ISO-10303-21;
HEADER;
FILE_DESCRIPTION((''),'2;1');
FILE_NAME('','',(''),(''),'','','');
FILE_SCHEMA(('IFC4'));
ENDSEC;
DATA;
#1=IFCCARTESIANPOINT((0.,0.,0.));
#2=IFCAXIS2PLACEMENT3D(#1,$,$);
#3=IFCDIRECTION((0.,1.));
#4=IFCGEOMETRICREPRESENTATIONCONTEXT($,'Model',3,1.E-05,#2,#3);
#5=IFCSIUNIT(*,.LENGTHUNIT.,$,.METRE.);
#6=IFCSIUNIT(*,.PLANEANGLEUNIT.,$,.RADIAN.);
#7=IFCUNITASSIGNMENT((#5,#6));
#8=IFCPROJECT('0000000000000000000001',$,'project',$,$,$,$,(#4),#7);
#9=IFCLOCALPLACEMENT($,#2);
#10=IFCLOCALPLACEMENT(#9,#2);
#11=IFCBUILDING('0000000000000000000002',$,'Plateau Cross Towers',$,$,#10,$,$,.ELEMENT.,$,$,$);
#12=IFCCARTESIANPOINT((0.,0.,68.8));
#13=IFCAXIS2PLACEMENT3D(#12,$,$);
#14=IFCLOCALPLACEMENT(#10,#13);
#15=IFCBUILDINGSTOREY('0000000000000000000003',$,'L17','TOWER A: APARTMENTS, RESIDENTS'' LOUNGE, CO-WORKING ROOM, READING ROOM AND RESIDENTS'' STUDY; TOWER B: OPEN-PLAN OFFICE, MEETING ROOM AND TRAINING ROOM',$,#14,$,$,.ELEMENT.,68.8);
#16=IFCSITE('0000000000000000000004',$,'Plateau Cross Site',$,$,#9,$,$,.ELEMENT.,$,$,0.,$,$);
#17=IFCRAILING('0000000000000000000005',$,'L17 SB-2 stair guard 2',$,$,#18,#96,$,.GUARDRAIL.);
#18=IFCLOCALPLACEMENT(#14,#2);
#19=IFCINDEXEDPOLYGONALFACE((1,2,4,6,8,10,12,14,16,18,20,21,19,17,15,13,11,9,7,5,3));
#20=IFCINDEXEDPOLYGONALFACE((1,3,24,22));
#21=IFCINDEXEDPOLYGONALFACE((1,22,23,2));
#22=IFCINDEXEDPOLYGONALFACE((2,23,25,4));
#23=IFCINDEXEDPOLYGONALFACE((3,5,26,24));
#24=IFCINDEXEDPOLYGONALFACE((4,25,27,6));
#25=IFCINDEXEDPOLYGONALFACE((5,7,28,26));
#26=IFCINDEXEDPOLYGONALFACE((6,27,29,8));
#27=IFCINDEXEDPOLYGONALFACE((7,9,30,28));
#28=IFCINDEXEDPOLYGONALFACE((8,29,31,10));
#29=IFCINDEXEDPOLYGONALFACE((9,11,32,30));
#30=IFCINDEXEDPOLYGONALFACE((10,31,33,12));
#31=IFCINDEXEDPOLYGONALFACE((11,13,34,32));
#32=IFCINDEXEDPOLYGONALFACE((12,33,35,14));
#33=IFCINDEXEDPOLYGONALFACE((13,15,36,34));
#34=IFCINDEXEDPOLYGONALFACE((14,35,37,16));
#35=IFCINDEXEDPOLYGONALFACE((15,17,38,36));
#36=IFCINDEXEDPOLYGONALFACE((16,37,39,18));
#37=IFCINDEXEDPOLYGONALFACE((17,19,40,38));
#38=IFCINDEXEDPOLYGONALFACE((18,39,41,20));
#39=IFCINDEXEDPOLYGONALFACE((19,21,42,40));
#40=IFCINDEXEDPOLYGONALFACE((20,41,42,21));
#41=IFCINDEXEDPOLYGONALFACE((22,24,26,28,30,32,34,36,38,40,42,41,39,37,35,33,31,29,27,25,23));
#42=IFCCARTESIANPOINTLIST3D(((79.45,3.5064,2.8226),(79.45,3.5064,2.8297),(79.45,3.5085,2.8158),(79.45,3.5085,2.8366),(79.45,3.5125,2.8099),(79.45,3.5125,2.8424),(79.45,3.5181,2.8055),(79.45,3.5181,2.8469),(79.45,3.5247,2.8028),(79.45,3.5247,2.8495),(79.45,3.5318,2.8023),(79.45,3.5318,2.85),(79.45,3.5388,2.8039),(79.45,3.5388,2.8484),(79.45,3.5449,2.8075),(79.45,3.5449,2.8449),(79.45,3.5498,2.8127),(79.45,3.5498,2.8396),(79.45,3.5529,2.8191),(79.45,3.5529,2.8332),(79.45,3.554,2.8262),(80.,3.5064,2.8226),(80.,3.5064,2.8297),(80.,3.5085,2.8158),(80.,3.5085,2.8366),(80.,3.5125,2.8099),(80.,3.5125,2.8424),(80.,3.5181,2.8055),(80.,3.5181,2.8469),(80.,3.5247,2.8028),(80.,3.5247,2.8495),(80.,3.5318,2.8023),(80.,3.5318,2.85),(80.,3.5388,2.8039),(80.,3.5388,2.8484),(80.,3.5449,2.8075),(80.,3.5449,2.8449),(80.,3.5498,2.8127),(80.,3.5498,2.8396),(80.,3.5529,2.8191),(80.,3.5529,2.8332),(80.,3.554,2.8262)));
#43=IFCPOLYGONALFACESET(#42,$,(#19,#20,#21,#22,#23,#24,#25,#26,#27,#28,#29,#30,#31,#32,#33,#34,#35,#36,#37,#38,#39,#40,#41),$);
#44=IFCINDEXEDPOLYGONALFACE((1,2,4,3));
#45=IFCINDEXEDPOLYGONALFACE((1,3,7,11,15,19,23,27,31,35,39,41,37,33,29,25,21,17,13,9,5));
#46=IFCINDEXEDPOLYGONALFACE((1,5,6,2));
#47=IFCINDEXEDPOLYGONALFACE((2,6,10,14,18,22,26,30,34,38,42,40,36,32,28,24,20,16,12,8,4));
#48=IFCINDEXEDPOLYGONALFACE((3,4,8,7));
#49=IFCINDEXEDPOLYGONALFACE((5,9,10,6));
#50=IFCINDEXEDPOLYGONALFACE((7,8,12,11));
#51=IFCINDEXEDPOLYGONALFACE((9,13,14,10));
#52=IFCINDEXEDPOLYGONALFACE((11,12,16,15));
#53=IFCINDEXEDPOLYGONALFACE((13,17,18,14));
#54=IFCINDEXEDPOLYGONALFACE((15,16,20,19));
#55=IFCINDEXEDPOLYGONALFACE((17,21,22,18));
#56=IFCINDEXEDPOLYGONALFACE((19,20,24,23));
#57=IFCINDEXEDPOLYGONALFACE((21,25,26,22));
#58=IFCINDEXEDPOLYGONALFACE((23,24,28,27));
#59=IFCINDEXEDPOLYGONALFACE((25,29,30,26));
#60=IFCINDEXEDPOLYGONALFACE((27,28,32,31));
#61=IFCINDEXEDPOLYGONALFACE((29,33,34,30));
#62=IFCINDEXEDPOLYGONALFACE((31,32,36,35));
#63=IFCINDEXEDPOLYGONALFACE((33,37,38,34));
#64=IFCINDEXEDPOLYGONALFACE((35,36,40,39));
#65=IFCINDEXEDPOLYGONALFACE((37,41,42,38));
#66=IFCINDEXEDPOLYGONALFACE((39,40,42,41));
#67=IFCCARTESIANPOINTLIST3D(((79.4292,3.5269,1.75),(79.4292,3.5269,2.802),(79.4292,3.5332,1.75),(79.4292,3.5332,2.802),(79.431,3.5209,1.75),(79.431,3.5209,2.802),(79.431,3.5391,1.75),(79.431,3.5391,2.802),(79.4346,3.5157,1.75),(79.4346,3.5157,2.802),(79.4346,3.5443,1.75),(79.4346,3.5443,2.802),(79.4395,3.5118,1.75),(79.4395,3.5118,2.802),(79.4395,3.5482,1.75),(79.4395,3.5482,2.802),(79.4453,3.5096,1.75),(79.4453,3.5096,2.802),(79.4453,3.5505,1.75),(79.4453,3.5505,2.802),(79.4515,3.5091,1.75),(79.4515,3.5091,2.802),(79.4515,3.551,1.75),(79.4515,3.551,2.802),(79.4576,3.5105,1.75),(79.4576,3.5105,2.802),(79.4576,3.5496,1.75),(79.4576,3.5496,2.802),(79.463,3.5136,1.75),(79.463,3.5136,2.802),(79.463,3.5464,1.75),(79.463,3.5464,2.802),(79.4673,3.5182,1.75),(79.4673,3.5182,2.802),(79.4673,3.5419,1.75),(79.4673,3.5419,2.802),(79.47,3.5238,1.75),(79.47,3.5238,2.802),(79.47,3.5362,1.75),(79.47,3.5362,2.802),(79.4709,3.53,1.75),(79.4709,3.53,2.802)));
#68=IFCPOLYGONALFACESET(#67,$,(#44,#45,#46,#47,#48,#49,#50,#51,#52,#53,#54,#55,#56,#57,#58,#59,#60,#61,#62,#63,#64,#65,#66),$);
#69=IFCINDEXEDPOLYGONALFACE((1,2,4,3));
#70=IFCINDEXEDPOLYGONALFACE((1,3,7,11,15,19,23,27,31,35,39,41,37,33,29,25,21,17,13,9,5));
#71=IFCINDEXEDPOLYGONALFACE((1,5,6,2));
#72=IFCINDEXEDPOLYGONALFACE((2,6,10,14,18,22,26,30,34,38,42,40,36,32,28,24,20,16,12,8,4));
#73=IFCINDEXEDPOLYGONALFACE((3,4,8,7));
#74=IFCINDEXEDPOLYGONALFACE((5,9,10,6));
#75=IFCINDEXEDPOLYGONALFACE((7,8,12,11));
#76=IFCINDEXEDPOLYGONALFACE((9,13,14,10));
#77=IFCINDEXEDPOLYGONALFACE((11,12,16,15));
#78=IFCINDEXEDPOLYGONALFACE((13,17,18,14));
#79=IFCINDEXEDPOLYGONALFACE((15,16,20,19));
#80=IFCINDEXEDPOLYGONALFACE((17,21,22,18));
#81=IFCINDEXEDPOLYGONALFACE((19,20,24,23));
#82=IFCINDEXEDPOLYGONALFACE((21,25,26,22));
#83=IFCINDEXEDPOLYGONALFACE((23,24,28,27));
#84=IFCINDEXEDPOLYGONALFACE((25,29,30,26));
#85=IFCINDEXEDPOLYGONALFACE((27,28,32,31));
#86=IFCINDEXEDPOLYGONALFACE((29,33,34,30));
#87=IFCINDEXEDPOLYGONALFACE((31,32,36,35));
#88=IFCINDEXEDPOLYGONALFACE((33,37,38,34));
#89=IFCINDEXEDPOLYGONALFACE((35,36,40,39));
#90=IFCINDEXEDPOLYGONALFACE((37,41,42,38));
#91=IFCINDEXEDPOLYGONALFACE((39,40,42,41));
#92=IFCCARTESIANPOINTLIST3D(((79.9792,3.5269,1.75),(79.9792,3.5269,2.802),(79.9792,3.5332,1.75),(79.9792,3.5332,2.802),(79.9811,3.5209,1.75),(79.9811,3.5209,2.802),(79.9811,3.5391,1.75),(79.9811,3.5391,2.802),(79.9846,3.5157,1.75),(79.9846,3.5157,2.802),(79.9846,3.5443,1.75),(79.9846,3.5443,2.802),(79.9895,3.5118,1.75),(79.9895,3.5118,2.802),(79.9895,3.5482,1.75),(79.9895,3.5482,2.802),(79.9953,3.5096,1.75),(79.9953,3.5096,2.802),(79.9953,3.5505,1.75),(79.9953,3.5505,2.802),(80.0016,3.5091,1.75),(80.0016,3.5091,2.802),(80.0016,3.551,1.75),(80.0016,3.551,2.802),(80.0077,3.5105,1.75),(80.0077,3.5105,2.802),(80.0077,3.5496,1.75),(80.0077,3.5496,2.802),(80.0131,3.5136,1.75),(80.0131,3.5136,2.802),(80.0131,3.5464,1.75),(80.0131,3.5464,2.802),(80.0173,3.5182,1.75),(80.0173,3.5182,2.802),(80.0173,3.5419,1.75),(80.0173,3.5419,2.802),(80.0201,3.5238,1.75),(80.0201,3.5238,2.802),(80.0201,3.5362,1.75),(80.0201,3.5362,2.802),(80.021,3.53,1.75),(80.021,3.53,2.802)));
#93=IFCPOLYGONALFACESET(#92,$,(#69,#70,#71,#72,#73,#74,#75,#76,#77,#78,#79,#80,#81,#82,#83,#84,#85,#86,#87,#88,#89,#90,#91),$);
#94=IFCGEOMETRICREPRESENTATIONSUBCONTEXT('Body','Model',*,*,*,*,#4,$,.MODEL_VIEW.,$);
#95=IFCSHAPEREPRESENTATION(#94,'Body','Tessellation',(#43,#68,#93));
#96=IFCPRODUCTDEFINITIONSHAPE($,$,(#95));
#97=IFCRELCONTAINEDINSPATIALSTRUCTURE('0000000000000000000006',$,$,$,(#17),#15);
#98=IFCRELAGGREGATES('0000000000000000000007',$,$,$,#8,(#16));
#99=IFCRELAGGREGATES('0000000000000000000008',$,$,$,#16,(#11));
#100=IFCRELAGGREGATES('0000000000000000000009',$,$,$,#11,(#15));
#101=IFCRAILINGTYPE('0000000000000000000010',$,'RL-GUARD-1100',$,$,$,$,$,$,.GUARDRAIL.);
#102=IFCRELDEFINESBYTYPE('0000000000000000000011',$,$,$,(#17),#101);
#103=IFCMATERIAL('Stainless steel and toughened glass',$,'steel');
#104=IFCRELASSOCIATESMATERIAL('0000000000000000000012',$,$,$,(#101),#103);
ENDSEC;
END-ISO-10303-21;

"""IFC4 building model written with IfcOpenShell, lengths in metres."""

from ifc_helpers import new_model, si_unit, direction, frame, origin, origin_2d, place, context, subcontext, project, spatial, circle, extrude, material, type_object, element, save


model = new_model("IFC4")

# Units and contexts
model_context = context("Model", 3, precision=1e-05, world=origin(), true_north=direction((0.0, 1.0)))
body_context = subcontext(model_context, "Body", "Model", "MODEL_VIEW")
ifc_project = project(units=[si_unit("LENGTHUNIT", "METRE"), si_unit("PLANEANGLEUNIT", "RADIAN")], contexts=[model_context])

# Site, building, storey
site_placement = place(None, origin())
site = spatial("IfcSite", under=ifc_project, at=site_placement, Name="Plateau Cross Site", CompositionType="ELEMENT", RefElevation=0.0)
building_placement = place(site_placement, origin())
building = spatial("IfcBuilding", under=site, at=building_placement, Name="Plateau Cross Towers", CompositionType="ELEMENT")
storey_placement = place(building_placement, frame((0.0, 0.0, 68.8)))
storey = spatial("IfcBuildingStorey", under=building, at=storey_placement, Name="L17", Description="TOWER A: APARTMENTS, RESIDENTS' LOUNGE, CO-WORKING ROOM, READING ROOM AND RESIDENTS' STUDY; TOWER B: OPEN-PLAN OFFICE, MEETING ROOM AND TRAINING ROOM", CompositionType="ELEMENT", Elevation=68.8)

# Railing
ifc_material_1 = material(Name="Stainless steel and toughened glass", Category="steel")
railing_type_1 = type_object("IfcRailingType", Name="RL-GUARD-1100", PredefinedType="GUARDRAIL", material=ifc_material_1)
railing_1_placement = place(storey_placement, frame((79.45, 3.53, 1.75)))
element("IfcRailing", 1, at=railing_1_placement, inside=storey, type_object=railing_type_1, Name="L17 SB-2 stair guard 2", PredefinedType="GUARDRAIL", context=body_context, shape_type="SweptSolid", body=[
    extrude(circle(Radius=0.0239, at=origin_2d()), frame((0.0, 0.0, 1.0762), z_axis=(1.0, 0.0, 0.0), x_axis=(0.0, 1.0, 0.0)), (0.0, 0.0, 1.0), 0.55),
    extrude(circle(Radius=0.021, at=origin_2d()), origin(), (0.0, 0.0, 1.0), 1.052),
    extrude(circle(Radius=0.021, at=origin_2d()), frame((0.55, 0.0, 0.0)), (0.0, 0.0, 1.0), 1.052),
])

save(model, "model.ifc")
